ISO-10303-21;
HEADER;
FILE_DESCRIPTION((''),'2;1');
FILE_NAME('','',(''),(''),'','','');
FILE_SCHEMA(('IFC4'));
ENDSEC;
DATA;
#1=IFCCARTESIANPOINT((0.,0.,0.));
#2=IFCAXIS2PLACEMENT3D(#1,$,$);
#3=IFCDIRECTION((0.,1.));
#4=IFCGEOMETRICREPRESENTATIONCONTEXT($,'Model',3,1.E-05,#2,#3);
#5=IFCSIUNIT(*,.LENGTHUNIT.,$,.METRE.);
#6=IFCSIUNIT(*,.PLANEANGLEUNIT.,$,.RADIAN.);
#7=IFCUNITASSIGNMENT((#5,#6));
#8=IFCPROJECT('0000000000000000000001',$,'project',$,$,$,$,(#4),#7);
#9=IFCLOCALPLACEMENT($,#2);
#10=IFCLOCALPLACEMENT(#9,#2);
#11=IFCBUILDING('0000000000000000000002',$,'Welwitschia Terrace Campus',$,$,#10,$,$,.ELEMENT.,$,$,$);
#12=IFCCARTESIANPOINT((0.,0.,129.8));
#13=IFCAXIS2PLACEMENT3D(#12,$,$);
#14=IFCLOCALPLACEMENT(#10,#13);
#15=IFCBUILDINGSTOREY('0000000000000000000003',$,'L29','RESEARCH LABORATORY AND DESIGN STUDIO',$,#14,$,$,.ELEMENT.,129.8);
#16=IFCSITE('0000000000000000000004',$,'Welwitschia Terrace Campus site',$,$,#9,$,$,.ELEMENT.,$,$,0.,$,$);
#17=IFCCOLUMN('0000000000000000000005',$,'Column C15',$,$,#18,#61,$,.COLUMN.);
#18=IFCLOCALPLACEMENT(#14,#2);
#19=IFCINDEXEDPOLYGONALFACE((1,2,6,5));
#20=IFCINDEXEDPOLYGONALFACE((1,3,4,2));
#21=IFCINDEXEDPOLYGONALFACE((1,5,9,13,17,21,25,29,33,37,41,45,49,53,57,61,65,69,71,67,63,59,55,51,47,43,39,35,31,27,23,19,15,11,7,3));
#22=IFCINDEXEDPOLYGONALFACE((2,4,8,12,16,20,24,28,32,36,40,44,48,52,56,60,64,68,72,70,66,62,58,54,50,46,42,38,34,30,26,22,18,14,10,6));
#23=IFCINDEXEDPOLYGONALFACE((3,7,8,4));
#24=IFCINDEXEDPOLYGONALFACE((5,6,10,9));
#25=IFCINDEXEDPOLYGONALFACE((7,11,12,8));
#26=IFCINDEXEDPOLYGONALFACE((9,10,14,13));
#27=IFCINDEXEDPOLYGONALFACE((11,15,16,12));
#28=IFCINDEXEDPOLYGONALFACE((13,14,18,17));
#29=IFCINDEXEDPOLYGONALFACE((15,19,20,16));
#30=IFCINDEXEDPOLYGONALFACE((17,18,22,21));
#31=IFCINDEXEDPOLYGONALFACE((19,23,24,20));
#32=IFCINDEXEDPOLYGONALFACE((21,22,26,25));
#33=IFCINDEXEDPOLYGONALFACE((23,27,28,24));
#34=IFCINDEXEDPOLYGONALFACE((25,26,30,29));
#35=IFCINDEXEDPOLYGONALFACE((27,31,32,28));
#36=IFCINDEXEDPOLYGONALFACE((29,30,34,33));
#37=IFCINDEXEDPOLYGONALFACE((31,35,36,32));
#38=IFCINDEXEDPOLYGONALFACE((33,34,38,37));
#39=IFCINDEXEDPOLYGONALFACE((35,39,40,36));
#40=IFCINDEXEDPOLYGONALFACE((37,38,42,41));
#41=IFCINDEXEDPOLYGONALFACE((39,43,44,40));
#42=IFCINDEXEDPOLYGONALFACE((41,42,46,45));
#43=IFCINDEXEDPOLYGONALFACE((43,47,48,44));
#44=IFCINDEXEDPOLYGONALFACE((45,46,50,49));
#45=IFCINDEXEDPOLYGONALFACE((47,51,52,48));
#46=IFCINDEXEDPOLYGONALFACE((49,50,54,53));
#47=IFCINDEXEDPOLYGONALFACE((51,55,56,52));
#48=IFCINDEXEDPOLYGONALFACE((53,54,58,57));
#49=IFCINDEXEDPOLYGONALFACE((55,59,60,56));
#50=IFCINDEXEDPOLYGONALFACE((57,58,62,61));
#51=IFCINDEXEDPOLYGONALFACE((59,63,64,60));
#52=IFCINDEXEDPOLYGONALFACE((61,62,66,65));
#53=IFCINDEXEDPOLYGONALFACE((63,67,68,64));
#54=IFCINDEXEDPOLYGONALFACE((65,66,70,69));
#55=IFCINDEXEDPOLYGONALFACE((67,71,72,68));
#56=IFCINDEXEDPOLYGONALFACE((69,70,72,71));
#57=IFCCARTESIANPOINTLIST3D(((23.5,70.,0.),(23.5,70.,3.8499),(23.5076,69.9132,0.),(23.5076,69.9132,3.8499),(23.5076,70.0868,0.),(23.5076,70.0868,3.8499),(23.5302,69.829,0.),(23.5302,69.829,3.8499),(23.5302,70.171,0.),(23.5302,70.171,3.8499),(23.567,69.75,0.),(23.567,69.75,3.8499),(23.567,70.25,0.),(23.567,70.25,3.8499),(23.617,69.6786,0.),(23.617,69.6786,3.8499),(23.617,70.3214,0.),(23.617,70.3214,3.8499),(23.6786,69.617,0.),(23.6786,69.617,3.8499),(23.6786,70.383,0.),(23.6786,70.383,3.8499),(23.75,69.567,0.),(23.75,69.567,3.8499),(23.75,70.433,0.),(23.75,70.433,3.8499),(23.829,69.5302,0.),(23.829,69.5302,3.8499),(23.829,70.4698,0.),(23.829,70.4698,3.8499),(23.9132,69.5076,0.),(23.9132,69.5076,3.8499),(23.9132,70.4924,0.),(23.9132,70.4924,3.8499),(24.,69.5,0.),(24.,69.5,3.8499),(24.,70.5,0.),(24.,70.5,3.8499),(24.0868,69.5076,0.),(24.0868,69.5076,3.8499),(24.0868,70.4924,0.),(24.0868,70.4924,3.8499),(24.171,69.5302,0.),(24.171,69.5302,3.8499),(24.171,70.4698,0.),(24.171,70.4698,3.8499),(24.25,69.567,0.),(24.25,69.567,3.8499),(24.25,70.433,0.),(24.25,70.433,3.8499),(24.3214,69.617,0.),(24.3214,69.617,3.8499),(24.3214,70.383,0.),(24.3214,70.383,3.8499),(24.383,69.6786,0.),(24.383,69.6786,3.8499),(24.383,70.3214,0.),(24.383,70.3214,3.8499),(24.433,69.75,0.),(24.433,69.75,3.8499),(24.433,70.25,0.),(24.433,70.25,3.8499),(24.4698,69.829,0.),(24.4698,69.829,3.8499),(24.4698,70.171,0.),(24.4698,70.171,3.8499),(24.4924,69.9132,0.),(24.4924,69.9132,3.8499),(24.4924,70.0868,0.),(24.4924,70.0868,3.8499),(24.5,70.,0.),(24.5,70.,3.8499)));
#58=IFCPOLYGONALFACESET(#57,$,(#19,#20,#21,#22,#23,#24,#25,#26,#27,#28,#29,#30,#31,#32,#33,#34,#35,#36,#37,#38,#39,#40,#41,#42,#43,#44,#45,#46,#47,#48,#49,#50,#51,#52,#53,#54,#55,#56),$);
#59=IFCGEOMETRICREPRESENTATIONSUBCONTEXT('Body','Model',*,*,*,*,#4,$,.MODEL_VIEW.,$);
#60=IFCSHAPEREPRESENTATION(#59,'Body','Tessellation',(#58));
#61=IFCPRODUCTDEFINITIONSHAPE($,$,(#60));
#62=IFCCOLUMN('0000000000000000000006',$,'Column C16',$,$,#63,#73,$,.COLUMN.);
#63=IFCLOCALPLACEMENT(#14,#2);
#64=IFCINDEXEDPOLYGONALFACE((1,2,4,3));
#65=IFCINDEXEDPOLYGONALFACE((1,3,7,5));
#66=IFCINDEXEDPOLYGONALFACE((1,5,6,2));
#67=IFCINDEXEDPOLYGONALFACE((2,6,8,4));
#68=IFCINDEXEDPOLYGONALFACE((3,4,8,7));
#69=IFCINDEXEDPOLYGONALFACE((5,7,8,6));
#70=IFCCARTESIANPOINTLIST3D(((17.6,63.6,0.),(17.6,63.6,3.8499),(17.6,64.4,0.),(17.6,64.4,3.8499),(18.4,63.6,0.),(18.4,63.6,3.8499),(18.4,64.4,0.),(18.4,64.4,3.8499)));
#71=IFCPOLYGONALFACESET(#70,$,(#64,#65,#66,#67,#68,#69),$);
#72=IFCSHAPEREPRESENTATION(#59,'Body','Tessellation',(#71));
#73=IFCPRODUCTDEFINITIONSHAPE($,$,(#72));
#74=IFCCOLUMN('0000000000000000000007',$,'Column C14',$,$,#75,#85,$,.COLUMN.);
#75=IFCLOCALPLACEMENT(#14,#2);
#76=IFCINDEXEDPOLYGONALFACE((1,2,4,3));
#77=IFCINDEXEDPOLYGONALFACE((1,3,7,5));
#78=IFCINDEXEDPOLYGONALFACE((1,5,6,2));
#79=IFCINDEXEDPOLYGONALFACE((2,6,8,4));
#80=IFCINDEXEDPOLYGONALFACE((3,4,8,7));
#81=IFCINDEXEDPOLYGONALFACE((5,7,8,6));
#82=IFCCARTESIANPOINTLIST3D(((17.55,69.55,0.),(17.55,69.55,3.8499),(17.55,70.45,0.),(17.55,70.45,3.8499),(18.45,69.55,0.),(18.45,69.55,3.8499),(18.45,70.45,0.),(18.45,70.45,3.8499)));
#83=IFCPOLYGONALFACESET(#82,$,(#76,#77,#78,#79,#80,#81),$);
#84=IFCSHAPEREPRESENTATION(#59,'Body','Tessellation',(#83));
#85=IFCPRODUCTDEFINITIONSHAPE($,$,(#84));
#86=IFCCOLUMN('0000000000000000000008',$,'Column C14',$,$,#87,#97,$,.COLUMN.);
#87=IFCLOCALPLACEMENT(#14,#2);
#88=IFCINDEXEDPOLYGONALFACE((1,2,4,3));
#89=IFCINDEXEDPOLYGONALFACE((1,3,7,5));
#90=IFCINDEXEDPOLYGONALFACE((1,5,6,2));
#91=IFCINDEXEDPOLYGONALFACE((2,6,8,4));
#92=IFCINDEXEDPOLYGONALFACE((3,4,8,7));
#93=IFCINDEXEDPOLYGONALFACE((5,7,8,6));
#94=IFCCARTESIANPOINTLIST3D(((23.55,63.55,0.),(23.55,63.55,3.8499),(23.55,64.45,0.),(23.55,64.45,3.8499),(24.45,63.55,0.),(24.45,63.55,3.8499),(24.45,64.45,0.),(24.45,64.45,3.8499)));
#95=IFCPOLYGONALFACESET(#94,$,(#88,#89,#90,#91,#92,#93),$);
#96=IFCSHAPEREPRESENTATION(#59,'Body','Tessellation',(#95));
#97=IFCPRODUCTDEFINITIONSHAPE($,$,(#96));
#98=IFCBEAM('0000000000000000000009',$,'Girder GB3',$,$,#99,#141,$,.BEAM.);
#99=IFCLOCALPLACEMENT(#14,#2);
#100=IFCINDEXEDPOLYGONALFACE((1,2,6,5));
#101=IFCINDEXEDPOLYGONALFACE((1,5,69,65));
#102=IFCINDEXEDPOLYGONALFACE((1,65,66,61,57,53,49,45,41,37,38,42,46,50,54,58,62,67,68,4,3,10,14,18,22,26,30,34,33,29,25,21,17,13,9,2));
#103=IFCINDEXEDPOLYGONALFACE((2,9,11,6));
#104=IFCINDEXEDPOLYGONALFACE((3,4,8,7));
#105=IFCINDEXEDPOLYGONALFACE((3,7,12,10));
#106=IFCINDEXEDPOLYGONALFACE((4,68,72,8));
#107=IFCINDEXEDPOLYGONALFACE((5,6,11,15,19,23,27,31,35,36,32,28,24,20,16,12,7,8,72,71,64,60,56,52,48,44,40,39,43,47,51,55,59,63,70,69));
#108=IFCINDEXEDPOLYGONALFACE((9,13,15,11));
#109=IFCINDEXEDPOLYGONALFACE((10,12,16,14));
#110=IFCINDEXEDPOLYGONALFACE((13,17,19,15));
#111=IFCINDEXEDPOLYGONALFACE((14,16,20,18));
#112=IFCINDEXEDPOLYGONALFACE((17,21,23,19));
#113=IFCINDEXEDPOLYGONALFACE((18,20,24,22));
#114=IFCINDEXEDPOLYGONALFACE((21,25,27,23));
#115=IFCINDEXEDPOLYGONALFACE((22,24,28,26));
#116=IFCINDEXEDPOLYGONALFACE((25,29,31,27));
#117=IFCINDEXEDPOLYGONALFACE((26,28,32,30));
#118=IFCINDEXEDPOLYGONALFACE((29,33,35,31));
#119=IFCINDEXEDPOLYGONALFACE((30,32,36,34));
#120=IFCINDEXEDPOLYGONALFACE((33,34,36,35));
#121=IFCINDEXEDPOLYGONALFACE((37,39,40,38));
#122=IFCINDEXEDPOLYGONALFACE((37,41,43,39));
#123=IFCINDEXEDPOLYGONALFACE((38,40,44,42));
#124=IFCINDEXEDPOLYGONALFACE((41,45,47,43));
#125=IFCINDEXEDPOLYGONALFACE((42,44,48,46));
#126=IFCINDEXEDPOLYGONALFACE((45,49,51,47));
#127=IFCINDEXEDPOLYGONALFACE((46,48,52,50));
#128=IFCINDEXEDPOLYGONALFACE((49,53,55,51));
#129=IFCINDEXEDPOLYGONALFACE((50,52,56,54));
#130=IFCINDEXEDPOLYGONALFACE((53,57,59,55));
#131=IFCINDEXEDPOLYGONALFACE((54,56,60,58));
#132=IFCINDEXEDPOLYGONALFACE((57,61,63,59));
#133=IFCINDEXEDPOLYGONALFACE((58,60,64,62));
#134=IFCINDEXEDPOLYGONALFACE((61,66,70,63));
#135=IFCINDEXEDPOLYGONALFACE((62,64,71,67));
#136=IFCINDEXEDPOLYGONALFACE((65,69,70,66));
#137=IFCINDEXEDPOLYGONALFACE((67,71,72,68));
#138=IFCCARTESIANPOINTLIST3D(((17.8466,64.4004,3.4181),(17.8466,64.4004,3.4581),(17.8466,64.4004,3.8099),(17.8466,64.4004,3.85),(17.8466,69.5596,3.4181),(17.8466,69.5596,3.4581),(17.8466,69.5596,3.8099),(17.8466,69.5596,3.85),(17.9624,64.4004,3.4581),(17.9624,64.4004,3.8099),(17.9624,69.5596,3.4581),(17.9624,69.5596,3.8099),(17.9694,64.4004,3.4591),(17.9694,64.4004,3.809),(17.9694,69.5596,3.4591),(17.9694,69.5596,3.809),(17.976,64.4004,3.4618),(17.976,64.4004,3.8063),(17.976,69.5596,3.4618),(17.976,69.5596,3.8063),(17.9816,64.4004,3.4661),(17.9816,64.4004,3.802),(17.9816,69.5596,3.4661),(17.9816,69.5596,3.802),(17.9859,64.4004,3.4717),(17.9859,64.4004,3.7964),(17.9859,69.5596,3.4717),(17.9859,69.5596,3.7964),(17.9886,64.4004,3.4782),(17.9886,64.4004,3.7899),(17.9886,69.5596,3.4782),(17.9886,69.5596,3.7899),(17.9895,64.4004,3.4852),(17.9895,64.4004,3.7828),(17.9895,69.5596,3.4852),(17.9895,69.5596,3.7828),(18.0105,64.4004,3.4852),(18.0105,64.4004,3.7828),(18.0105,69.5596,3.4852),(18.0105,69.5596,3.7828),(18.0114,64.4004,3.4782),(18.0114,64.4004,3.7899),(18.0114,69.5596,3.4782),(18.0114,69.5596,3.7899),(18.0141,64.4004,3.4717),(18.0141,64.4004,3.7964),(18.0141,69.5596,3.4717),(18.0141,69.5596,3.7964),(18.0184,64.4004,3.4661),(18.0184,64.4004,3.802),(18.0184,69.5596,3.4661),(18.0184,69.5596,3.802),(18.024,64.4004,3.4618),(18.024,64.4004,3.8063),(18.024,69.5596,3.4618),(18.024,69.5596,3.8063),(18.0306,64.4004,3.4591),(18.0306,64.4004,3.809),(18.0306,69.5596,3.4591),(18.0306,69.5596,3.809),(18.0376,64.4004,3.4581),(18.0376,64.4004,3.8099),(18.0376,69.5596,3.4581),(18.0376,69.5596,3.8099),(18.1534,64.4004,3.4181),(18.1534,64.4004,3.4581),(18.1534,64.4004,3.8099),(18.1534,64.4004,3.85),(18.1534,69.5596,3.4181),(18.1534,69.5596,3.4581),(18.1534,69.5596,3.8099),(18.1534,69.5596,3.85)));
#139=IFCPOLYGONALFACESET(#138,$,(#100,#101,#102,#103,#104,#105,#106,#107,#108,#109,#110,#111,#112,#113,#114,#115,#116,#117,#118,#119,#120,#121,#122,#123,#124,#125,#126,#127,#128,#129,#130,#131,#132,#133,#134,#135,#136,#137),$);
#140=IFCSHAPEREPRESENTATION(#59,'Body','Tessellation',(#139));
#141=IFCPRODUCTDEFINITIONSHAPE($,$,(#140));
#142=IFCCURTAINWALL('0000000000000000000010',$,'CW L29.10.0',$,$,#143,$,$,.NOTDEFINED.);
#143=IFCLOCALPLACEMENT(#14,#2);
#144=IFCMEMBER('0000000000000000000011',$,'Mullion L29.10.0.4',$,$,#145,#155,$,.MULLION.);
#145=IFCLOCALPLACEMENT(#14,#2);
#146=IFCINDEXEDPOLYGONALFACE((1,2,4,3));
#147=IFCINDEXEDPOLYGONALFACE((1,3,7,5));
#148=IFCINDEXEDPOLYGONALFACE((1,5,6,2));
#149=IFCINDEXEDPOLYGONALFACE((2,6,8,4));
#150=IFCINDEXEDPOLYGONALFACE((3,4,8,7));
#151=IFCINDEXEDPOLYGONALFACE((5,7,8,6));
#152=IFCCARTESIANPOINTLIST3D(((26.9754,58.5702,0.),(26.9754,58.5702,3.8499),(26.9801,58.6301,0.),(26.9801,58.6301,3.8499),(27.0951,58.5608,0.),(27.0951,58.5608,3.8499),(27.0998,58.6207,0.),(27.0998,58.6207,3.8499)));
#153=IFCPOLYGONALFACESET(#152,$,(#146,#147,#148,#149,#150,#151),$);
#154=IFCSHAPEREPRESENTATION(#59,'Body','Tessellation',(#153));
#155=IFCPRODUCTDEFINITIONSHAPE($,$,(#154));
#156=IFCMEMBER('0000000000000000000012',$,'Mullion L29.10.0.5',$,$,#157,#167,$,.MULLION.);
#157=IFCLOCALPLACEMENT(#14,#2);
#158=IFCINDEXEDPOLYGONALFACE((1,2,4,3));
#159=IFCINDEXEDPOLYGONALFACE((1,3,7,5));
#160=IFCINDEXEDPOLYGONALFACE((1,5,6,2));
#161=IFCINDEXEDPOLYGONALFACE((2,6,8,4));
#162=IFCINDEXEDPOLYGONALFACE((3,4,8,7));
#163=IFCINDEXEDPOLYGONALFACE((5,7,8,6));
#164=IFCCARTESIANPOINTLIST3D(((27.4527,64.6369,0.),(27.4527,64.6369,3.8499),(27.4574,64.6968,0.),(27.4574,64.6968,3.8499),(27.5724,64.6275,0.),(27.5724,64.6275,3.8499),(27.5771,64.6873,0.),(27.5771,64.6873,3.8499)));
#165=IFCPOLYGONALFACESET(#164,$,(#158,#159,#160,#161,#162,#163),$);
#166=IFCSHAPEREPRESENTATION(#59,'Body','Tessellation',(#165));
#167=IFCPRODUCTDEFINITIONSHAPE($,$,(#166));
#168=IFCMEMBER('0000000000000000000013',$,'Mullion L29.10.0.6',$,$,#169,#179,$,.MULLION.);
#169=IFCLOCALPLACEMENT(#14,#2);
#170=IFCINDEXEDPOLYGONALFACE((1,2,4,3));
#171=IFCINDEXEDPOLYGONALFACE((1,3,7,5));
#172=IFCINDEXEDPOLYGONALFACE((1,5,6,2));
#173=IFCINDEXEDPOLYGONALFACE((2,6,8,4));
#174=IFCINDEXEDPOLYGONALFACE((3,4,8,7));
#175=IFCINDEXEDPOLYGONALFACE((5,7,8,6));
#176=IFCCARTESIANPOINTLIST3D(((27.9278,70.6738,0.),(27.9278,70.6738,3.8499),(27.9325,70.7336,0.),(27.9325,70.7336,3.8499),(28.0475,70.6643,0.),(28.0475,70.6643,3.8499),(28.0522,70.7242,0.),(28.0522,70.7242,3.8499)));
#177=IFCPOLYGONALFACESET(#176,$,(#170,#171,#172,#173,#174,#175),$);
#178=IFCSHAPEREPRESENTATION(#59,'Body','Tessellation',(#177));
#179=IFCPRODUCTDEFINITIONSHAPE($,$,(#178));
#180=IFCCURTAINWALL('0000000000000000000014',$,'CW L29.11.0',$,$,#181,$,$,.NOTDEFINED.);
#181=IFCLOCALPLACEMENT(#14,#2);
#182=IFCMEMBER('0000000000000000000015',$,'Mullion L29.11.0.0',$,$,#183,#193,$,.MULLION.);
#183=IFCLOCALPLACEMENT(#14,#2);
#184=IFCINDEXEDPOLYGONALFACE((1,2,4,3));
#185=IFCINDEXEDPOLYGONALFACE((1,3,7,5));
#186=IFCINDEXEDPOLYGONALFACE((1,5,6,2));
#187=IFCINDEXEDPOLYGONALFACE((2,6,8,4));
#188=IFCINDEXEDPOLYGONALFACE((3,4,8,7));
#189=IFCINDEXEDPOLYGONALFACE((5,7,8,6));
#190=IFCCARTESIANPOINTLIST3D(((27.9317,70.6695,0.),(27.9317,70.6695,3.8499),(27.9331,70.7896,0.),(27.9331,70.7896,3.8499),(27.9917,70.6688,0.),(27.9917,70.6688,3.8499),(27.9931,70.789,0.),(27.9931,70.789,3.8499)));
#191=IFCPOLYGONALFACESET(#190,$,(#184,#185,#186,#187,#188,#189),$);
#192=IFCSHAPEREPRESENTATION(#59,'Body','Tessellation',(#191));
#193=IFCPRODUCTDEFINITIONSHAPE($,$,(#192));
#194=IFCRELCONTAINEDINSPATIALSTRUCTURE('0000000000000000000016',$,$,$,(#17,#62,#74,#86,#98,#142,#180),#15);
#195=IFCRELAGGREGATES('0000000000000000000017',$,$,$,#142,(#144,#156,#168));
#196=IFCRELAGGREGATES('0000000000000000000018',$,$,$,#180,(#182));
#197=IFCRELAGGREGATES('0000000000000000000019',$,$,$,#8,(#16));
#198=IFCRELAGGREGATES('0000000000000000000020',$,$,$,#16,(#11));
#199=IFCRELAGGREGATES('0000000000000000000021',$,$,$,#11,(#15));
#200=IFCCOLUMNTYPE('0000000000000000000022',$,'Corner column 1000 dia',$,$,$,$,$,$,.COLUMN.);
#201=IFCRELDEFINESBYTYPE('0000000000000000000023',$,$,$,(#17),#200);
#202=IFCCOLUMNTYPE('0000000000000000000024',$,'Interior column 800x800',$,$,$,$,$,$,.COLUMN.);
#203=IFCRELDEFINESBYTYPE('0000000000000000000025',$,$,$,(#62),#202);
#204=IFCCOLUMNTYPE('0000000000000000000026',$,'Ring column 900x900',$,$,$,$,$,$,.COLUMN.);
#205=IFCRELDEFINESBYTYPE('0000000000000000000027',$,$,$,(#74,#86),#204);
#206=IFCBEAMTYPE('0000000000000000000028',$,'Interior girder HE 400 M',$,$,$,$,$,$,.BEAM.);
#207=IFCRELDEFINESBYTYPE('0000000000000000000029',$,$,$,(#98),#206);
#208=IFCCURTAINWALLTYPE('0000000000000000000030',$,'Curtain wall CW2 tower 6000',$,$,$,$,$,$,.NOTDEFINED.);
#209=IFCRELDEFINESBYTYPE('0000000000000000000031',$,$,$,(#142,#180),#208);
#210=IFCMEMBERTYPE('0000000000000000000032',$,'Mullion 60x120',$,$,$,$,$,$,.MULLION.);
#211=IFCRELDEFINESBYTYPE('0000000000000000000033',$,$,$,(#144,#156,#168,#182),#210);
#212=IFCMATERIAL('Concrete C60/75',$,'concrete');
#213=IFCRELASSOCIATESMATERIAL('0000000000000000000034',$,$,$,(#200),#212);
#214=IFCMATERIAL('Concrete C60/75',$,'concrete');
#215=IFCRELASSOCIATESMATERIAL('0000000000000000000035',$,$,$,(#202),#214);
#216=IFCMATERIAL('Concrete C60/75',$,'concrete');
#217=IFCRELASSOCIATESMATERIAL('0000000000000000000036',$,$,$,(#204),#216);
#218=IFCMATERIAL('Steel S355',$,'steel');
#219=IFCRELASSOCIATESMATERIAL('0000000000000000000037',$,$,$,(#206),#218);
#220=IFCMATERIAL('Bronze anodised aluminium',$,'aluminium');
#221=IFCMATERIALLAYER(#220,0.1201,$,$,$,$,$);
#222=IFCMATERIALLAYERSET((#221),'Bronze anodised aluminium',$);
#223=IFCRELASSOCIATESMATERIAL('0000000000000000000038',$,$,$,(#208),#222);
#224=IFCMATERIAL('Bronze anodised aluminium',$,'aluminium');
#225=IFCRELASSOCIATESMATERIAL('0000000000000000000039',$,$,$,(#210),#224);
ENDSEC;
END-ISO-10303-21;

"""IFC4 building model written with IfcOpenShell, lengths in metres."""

from ifc_helpers import new_model, si_unit, direction, frame, origin, origin_2d, place, context, subcontext, project, spatial, rectangle, circle, i_section, extrude, material, layer, layer_set, material_profile, profile_set, type_object, element, aggregate, save


model = new_model("IFC4")

# Units and contexts
model_context = context("Model", 3, precision=1e-05, world=origin(), true_north=direction((0.0, 1.0)))
body_context = subcontext(model_context, "Body", "Model", "MODEL_VIEW")
ifc_project = project(units=[si_unit("LENGTHUNIT", "METRE"), si_unit("PLANEANGLEUNIT", "RADIAN")], contexts=[model_context])

# Site, building, storey
site_placement = place(None, origin())
site = spatial("IfcSite", under=ifc_project, at=site_placement, Name="Welwitschia Terrace Campus site", CompositionType="ELEMENT", RefElevation=0.0)
building_placement = place(site_placement, origin())
building = spatial("IfcBuilding", under=site, at=building_placement, Name="Welwitschia Terrace Campus", CompositionType="ELEMENT")
storey_placement = place(building_placement, frame((0.0, 0.0, 129.8)))
storey = spatial("IfcBuildingStorey", under=building, at=storey_placement, Name="L29", Description="RESEARCH LABORATORY AND DESIGN STUDIO", CompositionType="ELEMENT", Elevation=129.8)

# Columns
ifc_material_1 = material(Name="Concrete C60/75", Category="concrete")
ifc_material_profile_1 = material_profile(ifc_material_1, circle(Radius=0.5, at=origin_2d()))
ifc_profile_set_1 = profile_set([ifc_material_profile_1], Name="Concrete C60/75")
column_type_1 = type_object("IfcColumnType", Name="Corner column 1000 dia", PredefinedType="COLUMN", material=ifc_profile_set_1)
column_1_placement = place(storey_placement, frame((24.0, 70.0, 0.0), z_axis=(0.0, 0.0, 1.0), x_axis=(1.0, 0.0, 0.0)))
element("IfcColumn", 1, at=column_1_placement, inside=storey, type_object=column_type_1, Name="Column C15", PredefinedType="COLUMN", context=body_context, shape_type="SweptSolid", body=[
    extrude(circle(Radius=0.5, at=origin_2d()), origin(), (0.0, 0.0, 1.0), 3.8499),
])
ifc_material_2 = material(Name="Concrete C60/75", Category="concrete")
ifc_material_profile_2 = material_profile(ifc_material_2, rectangle(XDim=0.8, YDim=0.8, at=origin_2d()))
ifc_profile_set_2 = profile_set([ifc_material_profile_2], Name="Concrete C60/75")
column_type_2 = type_object("IfcColumnType", Name="Interior column 800x800", PredefinedType="COLUMN", material=ifc_profile_set_2)
column_2_placement = place(storey_placement, frame((18.0, 64.0, 0.0), z_axis=(0.0, 0.0, 1.0), x_axis=(1.0, 0.0, 0.0)))
element("IfcColumn", 2, at=column_2_placement, inside=storey, type_object=column_type_2, Name="Column C16", PredefinedType="COLUMN", context=body_context, shape_type="SweptSolid", body=[
    extrude(rectangle(XDim=0.8, YDim=0.8, at=origin_2d()), origin(), (0.0, 0.0, 1.0), 3.8499),
])
ifc_material_3 = material(Name="Concrete C60/75", Category="concrete")
ifc_material_profile_3 = material_profile(ifc_material_3, rectangle(XDim=0.8999, YDim=0.8999, at=origin_2d()))
ifc_profile_set_3 = profile_set([ifc_material_profile_3], Name="Concrete C60/75")
column_type_3 = type_object("IfcColumnType", Name="Ring column 900x900", PredefinedType="COLUMN", material=ifc_profile_set_3)
for number, where, z_axis, x_axis, name in (
    (3, (18.0, 70.0, 0.0), (0.0, 0.0, 1.0), (1.0, 0.0, 0.0), "Column C14"),
    (4, (24.0, 64.0, 0.0), (0.0, 0.0, 1.0), (1.0, 0.0, 0.0), "Column C14"),
):
    element("IfcColumn", number, at=place(storey_placement, frame(where, z_axis=z_axis, x_axis=x_axis)), inside=storey, type_object=column_type_3, Name=name, PredefinedType="COLUMN", context=body_context, shape_type="SweptSolid", body=[
        extrude(rectangle(XDim=0.8999, YDim=0.8999, at=origin_2d()), origin(), (0.0, 0.0, 1.0), 3.8499),
    ])

# Beam
ifc_material_4 = material(Name="Steel S355", Category="steel")
ifc_material_profile_4 = material_profile(ifc_material_4, i_section(OverallWidth=0.3069, OverallDepth=0.4319, WebThickness=0.021, FlangeThickness=0.04, FilletRadius=0.0271, at=origin_2d()))
ifc_profile_set_4 = profile_set([ifc_material_profile_4], Name="Steel S355")
beam_type_1 = type_object("IfcBeamType", Name="Interior girder HE 400 M", PredefinedType="BEAM", material=ifc_profile_set_4)
beam_1_placement = place(storey_placement, frame((18.0, 64.4004, 3.634), z_axis=(0.0, 1.0, 0.0), x_axis=(-1.0, 0.0, 0.0)))
element("IfcBeam", 5, at=beam_1_placement, inside=storey, type_object=beam_type_1, Name="Girder GB3", PredefinedType="BEAM", context=body_context, shape_type="SweptSolid", body=[
    extrude(i_section(OverallWidth=0.3069, OverallDepth=0.4319, WebThickness=0.021, FlangeThickness=0.04, FilletRadius=0.0271, at=origin_2d()), origin(), (0.0, 0.0, 1.0), 5.1592),
])

# Curtain walls, members
ifc_material_5 = material(Name="Bronze anodised aluminium", Category="aluminium")
ifc_layer_1 = layer(ifc_material_5, 0.1201)
ifc_layer_set_1 = layer_set([ifc_layer_1], Name="Bronze anodised aluminium")
curtain_wall_type = type_object("IfcCurtainWallType", Name="Curtain wall CW2 tower 6000", PredefinedType="NOTDEFINED", material=ifc_layer_set_1)
curtain_wall_1_placement = place(storey_placement, origin())
curtain_wall_1 = element("IfcCurtainWall", 6, at=curtain_wall_1_placement, inside=storey, type_object=curtain_wall_type, Name="CW L29.10.0", PredefinedType="NOTDEFINED")
ifc_material_6 = material(Name="Bronze anodised aluminium", Category="aluminium")
ifc_material_profile_5 = material_profile(ifc_material_6, rectangle(XDim=0.1201, YDim=0.0601, at=origin_2d()))
ifc_profile_set_5 = profile_set([ifc_material_profile_5], Name="Bronze anodised aluminium")
member_type_1 = type_object("IfcMemberType", Name="Mullion 60x120", PredefinedType="MULLION", material=ifc_profile_set_5)
member_1_placement = place(storey_placement, frame((27.0376, 58.5955, 0.0), z_axis=(0.0, 0.0, 1.0), x_axis=(-0.996917, 0.078459, 0.0)))
member_1 = element("IfcMember", 7, at=member_1_placement, type_object=member_type_1, Name="Mullion L29.10.0.4", PredefinedType="MULLION", context=body_context, shape_type="SweptSolid", body=[
    extrude(rectangle(XDim=0.1201, YDim=0.0601, at=origin_2d()), origin(), (0.0, 0.0, 1.0), 3.8499),
])
member_2_placement = place(storey_placement, frame((27.5149, 64.6621, 0.0), z_axis=(0.0, 0.0, 1.0), x_axis=(-0.996917, 0.078459, 0.0)))
member_2 = element("IfcMember", 8, at=member_2_placement, type_object=member_type_1, Name="Mullion L29.10.0.5", PredefinedType="MULLION", context=body_context, shape_type="SweptSolid", body=[
    extrude(rectangle(XDim=0.1201, YDim=0.0601, at=origin_2d()), origin(), (0.0, 0.0, 1.0), 3.8499),
])
member_3_placement = place(storey_placement, frame((27.99, 70.699, 0.0), z_axis=(0.0, 0.0, 1.0), x_axis=(-0.996917, 0.078459, 0.0)))
member_3 = element("IfcMember", 9, at=member_3_placement, type_object=member_type_1, Name="Mullion L29.10.0.6", PredefinedType="MULLION", context=body_context, shape_type="SweptSolid", body=[
    extrude(rectangle(XDim=0.1201, YDim=0.0601, at=origin_2d()), origin(), (0.0, 0.0, 1.0), 3.8499),
])
curtain_wall_2_placement = place(storey_placement, origin())
curtain_wall_2 = element("IfcCurtainWall", 10, at=curtain_wall_2_placement, inside=storey, type_object=curtain_wall_type, Name="CW L29.11.0", PredefinedType="NOTDEFINED")
member_4_placement = place(storey_placement, frame((27.9624, 70.7292, 0.0), z_axis=(0.0, 0.0, 1.0), x_axis=(-0.01153, -0.999934, 0.0)))
member_4 = element("IfcMember", 11, at=member_4_placement, type_object=member_type_1, Name="Mullion L29.11.0.0", PredefinedType="MULLION", context=body_context, shape_type="SweptSolid", body=[
    extrude(rectangle(XDim=0.1201, YDim=0.0601, at=origin_2d()), origin(), (0.0, 0.0, 1.0), 3.8499),
])

aggregate(curtain_wall_1, [member_1, member_2, member_3])
aggregate(curtain_wall_2, [member_4])

save(model, "model.ifc")
